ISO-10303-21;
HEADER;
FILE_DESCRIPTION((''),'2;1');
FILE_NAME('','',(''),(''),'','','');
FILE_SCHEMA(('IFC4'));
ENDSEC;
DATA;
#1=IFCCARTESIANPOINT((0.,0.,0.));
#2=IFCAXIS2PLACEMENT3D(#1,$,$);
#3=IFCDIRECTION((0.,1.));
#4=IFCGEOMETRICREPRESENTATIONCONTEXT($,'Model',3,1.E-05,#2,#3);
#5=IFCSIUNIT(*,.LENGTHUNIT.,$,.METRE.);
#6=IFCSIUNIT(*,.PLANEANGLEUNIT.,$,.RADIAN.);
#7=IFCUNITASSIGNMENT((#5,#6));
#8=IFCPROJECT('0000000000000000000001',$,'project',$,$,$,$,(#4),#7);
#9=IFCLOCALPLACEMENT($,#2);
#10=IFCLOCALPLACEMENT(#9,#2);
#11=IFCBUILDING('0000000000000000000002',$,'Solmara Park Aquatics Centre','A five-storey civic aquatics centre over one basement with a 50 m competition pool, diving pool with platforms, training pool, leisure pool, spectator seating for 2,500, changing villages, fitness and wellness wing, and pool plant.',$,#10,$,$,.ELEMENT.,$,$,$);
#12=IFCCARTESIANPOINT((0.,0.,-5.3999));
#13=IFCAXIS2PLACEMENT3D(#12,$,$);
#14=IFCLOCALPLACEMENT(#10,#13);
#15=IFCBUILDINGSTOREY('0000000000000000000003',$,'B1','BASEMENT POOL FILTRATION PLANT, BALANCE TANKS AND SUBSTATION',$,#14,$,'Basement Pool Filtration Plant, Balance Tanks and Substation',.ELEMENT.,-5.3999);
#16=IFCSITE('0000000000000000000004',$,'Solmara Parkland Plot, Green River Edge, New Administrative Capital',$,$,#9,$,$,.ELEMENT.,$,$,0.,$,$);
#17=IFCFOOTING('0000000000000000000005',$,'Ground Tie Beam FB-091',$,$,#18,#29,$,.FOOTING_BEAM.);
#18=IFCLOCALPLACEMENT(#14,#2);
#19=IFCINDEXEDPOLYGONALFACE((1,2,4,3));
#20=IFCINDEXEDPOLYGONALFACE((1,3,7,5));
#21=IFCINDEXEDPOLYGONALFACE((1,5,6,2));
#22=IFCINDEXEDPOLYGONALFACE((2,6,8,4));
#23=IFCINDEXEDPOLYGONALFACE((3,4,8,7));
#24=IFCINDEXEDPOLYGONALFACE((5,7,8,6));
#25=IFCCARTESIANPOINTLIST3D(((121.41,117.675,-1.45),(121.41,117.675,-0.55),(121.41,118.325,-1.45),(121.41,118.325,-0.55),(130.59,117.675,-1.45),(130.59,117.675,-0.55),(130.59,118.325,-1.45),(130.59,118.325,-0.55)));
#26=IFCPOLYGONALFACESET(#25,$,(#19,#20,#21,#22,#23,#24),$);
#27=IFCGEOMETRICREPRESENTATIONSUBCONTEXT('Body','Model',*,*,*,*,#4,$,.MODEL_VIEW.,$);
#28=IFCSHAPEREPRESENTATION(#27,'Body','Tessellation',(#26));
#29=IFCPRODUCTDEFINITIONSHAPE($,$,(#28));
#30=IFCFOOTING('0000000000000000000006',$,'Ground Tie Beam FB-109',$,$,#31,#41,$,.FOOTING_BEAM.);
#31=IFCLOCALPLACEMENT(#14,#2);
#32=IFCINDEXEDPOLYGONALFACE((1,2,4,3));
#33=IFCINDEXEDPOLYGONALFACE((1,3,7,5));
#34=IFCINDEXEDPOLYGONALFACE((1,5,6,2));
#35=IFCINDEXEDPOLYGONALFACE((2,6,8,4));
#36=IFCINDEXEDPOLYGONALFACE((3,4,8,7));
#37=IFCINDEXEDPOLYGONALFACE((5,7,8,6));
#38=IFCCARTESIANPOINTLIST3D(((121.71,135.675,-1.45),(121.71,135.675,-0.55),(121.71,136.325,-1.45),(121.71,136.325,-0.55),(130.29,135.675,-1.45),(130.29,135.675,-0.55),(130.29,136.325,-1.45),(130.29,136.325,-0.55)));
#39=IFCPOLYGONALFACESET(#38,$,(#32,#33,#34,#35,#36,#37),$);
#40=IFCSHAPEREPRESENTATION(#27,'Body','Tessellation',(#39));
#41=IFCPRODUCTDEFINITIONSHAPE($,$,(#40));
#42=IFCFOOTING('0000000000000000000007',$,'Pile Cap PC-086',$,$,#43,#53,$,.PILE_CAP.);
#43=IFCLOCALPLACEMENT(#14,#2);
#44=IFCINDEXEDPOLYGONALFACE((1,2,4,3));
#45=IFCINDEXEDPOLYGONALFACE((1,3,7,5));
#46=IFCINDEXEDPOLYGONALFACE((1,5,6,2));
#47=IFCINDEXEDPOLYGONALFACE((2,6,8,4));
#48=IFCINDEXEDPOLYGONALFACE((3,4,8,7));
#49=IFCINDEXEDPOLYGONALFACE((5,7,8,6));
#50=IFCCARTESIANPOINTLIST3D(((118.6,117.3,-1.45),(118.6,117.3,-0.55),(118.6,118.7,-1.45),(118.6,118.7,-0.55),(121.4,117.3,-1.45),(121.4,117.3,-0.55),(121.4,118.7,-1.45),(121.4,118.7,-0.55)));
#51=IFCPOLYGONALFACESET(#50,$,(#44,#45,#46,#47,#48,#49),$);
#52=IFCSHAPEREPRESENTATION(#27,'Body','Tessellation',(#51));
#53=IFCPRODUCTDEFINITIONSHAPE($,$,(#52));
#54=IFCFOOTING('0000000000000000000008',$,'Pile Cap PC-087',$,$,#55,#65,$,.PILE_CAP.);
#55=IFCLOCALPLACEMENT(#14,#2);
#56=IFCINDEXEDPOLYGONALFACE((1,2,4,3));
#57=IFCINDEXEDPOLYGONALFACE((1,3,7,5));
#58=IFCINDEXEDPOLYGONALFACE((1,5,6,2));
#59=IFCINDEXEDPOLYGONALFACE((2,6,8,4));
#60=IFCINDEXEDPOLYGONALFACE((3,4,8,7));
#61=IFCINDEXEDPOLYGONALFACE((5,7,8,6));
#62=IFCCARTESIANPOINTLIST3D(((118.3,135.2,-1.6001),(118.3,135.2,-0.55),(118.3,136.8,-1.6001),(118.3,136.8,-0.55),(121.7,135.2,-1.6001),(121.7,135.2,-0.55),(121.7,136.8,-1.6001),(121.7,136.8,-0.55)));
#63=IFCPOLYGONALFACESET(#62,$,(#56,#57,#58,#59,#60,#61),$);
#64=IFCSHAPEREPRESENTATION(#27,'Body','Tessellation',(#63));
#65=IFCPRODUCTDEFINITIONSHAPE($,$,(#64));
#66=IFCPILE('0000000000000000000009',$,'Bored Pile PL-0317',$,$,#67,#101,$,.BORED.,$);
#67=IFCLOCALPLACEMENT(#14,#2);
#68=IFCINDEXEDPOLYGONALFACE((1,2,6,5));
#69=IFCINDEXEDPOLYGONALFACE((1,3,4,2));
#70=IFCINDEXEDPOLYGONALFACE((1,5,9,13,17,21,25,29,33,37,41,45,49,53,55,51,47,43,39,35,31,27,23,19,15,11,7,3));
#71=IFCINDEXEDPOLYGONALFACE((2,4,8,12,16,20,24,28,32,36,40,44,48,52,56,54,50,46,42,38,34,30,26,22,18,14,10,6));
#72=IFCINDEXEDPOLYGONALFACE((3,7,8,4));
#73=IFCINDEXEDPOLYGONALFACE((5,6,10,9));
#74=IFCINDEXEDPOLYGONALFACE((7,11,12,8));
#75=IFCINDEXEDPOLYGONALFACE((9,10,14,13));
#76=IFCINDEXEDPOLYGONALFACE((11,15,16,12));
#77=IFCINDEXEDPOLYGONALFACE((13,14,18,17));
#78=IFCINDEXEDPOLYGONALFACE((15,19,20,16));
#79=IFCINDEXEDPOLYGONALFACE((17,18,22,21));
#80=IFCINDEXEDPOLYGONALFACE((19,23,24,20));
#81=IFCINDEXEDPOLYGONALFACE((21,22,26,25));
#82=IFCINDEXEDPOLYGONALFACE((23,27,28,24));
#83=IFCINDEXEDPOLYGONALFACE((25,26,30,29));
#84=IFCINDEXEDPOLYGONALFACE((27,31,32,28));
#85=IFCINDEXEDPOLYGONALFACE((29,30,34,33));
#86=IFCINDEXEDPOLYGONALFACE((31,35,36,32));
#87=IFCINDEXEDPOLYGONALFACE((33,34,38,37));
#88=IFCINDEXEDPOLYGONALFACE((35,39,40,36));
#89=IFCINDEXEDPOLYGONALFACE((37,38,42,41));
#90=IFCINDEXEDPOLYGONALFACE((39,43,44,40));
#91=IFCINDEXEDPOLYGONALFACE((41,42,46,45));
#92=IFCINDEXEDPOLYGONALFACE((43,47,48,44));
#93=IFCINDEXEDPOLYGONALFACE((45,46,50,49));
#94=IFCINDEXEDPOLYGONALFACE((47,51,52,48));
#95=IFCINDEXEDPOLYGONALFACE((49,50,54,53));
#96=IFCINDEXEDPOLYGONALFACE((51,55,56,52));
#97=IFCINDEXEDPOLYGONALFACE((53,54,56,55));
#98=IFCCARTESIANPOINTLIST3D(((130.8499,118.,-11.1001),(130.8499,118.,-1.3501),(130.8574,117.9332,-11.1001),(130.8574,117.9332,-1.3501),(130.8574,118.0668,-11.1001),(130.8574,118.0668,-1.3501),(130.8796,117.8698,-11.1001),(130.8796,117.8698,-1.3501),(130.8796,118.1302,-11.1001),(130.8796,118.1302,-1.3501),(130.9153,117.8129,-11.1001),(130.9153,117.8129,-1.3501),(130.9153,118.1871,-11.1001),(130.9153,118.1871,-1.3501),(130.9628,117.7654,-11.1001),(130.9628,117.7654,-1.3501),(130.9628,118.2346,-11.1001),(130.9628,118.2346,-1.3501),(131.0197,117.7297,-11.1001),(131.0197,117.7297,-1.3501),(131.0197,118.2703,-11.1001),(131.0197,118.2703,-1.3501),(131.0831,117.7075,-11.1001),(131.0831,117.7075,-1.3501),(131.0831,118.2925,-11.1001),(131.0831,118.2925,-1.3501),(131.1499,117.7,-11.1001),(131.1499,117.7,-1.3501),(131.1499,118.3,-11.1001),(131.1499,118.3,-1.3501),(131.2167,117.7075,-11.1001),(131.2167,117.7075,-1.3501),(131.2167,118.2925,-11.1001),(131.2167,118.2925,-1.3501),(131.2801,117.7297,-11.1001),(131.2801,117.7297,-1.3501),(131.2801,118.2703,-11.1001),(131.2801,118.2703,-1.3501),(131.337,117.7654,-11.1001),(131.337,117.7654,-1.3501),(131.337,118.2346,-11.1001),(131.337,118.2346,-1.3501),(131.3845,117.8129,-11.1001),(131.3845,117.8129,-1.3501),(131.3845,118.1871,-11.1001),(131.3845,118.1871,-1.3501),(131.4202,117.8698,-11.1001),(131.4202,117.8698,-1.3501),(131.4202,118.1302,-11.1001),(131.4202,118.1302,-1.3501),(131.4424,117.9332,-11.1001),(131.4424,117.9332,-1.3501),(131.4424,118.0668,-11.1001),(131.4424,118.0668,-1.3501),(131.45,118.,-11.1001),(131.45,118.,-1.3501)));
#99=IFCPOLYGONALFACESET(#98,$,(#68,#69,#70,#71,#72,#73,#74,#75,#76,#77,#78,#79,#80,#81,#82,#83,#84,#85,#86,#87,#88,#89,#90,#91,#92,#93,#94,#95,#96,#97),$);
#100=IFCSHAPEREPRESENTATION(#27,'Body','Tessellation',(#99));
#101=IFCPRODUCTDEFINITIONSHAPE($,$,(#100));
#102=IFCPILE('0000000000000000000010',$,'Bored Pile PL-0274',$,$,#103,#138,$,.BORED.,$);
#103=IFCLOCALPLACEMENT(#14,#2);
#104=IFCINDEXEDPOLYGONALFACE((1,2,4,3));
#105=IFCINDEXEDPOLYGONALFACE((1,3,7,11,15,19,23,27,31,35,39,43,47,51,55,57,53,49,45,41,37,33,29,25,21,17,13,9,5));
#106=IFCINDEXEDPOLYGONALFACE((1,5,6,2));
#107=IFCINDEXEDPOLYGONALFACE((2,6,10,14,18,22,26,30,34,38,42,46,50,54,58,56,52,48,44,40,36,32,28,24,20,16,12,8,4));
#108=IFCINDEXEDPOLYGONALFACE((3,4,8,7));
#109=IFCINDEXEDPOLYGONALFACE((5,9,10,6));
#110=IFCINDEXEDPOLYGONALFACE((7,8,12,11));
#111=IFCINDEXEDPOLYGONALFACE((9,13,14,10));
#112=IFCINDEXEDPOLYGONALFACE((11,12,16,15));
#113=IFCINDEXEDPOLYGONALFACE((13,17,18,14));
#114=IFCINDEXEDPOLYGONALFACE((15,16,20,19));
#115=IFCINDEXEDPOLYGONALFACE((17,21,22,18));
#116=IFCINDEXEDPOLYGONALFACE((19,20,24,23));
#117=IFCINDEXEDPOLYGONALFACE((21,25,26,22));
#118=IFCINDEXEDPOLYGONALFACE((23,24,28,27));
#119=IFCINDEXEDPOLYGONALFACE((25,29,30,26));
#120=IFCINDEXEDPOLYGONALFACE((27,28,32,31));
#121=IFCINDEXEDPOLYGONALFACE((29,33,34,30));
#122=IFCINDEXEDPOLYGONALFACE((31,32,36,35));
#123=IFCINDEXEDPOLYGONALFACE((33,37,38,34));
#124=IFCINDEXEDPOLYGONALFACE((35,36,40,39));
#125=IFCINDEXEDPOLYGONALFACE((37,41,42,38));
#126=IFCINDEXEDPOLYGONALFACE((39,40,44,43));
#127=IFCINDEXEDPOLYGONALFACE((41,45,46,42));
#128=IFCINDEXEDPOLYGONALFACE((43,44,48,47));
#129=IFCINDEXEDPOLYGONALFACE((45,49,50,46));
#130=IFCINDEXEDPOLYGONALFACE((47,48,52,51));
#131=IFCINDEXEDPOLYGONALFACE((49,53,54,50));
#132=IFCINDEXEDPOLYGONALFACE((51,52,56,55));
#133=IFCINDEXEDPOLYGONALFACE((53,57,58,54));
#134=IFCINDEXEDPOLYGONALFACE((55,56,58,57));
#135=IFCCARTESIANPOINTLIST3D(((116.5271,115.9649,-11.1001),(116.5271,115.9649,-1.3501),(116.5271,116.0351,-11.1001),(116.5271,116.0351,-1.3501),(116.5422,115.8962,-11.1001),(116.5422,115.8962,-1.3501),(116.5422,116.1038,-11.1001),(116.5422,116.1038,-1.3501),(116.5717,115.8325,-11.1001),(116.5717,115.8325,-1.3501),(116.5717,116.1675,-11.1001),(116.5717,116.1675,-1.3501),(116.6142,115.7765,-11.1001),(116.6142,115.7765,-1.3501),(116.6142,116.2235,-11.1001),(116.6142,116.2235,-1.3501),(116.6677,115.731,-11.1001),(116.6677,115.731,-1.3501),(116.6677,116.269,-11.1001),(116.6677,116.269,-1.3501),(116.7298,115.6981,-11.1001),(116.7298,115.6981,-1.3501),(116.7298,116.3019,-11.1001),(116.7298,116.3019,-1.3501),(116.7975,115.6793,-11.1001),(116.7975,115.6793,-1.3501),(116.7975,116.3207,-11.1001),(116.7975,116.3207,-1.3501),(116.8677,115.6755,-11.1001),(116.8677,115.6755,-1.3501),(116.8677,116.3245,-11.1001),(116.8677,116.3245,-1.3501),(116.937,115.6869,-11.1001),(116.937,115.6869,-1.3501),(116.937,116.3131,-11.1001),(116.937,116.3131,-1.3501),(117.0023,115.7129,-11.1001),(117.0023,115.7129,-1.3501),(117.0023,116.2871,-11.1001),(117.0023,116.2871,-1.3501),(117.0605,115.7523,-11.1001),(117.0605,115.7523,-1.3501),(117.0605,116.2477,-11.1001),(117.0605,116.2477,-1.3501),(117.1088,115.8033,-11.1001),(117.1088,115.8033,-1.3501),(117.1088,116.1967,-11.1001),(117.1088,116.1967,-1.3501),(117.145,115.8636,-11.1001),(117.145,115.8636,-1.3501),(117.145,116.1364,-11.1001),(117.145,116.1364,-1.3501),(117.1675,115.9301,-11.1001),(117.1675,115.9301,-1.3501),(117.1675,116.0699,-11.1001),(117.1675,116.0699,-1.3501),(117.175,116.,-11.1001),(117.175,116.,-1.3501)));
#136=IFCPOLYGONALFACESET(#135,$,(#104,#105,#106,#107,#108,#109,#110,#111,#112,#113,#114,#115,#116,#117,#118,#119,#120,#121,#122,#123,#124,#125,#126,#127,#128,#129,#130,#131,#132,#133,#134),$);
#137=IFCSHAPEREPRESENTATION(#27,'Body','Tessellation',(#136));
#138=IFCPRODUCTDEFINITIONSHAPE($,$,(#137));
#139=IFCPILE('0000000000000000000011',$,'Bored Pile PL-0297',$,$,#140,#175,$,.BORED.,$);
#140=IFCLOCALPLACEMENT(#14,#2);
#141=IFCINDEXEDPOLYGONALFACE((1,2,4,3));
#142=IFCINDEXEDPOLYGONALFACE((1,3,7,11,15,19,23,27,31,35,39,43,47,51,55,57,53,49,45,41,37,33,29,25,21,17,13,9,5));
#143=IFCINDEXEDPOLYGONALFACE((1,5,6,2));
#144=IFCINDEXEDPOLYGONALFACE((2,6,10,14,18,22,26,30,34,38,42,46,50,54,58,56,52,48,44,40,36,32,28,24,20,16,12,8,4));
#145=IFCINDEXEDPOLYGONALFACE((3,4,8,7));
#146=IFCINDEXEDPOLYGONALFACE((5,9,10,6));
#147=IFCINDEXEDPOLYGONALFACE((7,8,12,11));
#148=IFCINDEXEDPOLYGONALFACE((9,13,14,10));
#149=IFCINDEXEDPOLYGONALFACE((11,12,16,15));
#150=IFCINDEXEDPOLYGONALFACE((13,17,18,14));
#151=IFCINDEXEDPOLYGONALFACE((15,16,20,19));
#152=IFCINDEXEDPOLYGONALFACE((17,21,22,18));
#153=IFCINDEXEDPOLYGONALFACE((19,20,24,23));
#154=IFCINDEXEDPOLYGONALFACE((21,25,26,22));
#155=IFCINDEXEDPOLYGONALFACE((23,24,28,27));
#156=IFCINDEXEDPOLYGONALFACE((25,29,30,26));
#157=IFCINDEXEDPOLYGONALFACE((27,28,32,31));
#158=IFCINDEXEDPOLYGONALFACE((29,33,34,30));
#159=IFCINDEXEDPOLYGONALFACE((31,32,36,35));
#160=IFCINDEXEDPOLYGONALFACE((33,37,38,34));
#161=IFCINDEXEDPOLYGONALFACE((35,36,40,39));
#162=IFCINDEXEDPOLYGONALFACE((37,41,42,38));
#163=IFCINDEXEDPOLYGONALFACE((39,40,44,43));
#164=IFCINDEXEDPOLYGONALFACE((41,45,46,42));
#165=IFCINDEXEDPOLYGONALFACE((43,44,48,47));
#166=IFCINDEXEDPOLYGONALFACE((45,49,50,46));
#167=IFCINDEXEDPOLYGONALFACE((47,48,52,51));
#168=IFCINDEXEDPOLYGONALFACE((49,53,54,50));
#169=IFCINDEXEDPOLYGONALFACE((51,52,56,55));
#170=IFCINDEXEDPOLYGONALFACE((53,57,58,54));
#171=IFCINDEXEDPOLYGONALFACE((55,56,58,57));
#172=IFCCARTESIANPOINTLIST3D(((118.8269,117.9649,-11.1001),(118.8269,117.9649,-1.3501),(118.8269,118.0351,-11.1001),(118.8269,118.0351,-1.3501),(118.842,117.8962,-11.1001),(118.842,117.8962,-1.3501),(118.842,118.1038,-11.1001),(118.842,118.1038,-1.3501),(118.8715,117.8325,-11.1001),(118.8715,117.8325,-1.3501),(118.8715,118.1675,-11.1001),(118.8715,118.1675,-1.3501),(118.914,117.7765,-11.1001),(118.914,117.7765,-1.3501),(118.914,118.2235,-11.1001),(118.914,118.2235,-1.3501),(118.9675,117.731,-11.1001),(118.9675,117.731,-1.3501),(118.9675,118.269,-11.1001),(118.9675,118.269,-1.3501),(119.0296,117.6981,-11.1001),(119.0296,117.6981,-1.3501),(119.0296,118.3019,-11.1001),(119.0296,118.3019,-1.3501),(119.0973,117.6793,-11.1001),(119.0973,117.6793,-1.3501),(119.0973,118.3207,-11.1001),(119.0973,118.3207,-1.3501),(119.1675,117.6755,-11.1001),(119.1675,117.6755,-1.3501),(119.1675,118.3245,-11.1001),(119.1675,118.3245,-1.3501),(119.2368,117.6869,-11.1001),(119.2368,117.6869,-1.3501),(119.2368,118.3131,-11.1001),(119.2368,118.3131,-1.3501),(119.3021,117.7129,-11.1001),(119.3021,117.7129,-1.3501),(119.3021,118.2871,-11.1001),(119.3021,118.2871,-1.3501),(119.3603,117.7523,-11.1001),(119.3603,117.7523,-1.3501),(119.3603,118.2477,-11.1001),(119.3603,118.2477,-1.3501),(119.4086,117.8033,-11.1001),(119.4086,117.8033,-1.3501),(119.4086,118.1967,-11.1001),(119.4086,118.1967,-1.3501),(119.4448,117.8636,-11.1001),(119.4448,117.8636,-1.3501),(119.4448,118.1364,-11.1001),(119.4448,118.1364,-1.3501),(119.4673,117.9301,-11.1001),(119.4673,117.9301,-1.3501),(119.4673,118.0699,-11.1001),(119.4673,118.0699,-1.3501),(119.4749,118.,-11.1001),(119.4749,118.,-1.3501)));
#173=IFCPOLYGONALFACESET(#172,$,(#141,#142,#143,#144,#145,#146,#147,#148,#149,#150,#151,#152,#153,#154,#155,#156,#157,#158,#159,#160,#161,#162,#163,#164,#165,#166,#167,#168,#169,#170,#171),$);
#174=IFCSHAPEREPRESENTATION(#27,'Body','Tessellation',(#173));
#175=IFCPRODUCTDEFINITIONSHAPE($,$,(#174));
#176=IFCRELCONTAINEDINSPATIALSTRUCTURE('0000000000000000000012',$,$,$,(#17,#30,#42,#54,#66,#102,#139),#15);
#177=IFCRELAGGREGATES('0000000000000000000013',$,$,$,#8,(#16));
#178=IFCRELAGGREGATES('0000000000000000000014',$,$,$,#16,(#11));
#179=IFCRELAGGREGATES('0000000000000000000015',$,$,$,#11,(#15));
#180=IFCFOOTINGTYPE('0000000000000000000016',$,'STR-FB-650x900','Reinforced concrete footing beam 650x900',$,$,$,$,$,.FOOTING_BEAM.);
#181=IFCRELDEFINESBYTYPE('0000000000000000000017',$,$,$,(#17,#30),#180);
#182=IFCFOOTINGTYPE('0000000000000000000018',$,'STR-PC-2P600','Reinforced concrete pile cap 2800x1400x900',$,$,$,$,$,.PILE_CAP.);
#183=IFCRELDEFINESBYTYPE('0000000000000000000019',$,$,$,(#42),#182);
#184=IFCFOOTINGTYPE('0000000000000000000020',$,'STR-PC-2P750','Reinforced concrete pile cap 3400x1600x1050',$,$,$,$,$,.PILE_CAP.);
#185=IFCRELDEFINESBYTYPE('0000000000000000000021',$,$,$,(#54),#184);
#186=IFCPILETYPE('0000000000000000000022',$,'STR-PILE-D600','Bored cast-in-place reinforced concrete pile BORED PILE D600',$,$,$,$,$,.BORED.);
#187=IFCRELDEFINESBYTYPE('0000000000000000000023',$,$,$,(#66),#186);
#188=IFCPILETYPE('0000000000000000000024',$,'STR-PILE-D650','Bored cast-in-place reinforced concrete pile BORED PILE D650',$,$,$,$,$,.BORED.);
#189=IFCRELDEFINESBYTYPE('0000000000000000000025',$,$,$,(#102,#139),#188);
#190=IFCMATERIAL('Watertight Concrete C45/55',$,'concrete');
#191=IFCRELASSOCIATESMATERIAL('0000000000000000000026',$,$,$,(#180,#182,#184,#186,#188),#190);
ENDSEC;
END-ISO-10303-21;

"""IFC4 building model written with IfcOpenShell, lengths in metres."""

from ifc_helpers import new_model, si_unit, direction, frame, origin, origin_2d, place, context, subcontext, project, spatial, rectangle, circle, extrude, material, material_profile, profile_set, type_object, element, save


model = new_model("IFC4")

# Units and contexts
model_context = context("Model", 3, precision=1e-05, world=origin(), true_north=direction((0.0, 1.0)))
body_context = subcontext(model_context, "Body", "Model", "MODEL_VIEW")
ifc_project = project(units=[si_unit("LENGTHUNIT", "METRE"), si_unit("PLANEANGLEUNIT", "RADIAN")], contexts=[model_context])

# Site, building, storey
site_placement = place(None, origin())
site = spatial("IfcSite", under=ifc_project, at=site_placement, Name="Solmara Parkland Plot, Green River Edge, New Administrative Capital", CompositionType="ELEMENT", RefElevation=0.0)
building_placement = place(site_placement, origin())
building = spatial("IfcBuilding", under=site, at=building_placement, Name="Solmara Park Aquatics Centre", Description="A five-storey civic aquatics centre over one basement with a 50 m competition pool, diving pool with platforms, training pool, leisure pool, spectator seating for 2,500, changing villages, fitness and wellness wing, and pool plant.", CompositionType="ELEMENT")
storey_placement = place(building_placement, frame((0.0, 0.0, -5.3999)))
storey = spatial("IfcBuildingStorey", under=building, at=storey_placement, Name="B1", Description="BASEMENT POOL FILTRATION PLANT, BALANCE TANKS AND SUBSTATION", LongName="Basement Pool Filtration Plant, Balance Tanks and Substation", CompositionType="ELEMENT", Elevation=-5.3999)

# Footings
ifc_material_1 = material(Name="Watertight Concrete C45/55", Category="concrete")
footing_type_1 = type_object("IfcFootingType", Name="STR-FB-650x900", Description="Reinforced concrete footing beam 650x900", PredefinedType="FOOTING_BEAM", material=ifc_material_1)
footing_1_placement = place(storey_placement, frame((126.0, 118.0, -1.45), z_axis=(0.0, 0.0, 1.0), x_axis=(1.0, 0.0, 0.0)))
element("IfcFooting", 1, at=footing_1_placement, inside=storey, type_object=footing_type_1, Name="Ground Tie Beam FB-091", PredefinedType="FOOTING_BEAM", context=body_context, shape_type="SweptSolid", body=[
    extrude(rectangle(XDim=9.1799, YDim=0.6499, at=origin_2d()), origin(), (0.0, 0.0, 1.0), 0.8999),
])
footing_2_placement = place(storey_placement, frame((126.0, 136.0, -1.45), z_axis=(0.0, 0.0, 1.0), x_axis=(1.0, 0.0, 0.0)))
element("IfcFooting", 2, at=footing_2_placement, inside=storey, type_object=footing_type_1, Name="Ground Tie Beam FB-109", PredefinedType="FOOTING_BEAM", context=body_context, shape_type="SweptSolid", body=[
    extrude(rectangle(XDim=8.5801, YDim=0.6499, at=origin_2d()), origin(), (0.0, 0.0, 1.0), 0.8999),
])
footing_type_2 = type_object("IfcFootingType", Name="STR-PC-2P600", Description="Reinforced concrete pile cap 2800x1400x900", PredefinedType="PILE_CAP", material=ifc_material_1)
footing_3_placement = place(storey_placement, frame((120.0, 118.0, -1.45), z_axis=(0.0, 0.0, 1.0), x_axis=(1.0, 0.0, 0.0)))
element("IfcFooting", 3, at=footing_3_placement, inside=storey, type_object=footing_type_2, Name="Pile Cap PC-086", PredefinedType="PILE_CAP", context=body_context, shape_type="SweptSolid", body=[
    extrude(rectangle(XDim=2.8, YDim=1.3999, at=origin_2d()), origin(), (0.0, 0.0, 1.0), 0.8999),
])
footing_type_3 = type_object("IfcFootingType", Name="STR-PC-2P750", Description="Reinforced concrete pile cap 3400x1600x1050", PredefinedType="PILE_CAP", material=ifc_material_1)
footing_4_placement = place(storey_placement, frame((120.0, 136.0, -1.6001), z_axis=(0.0, 0.0, 1.0), x_axis=(1.0, 0.0, 0.0)))
element("IfcFooting", 4, at=footing_4_placement, inside=storey, type_object=footing_type_3, Name="Pile Cap PC-087", PredefinedType="PILE_CAP", context=body_context, shape_type="SweptSolid", body=[
    extrude(rectangle(XDim=3.3999, YDim=1.6001, at=origin_2d()), origin(), (0.0, 0.0, 1.0), 1.05),
])

# Piles
ifc_material_profile_1 = material_profile(ifc_material_1, circle(Radius=0.3, at=origin_2d()), Name="BORED PILE D600")
ifc_profile_set_1 = profile_set([ifc_material_profile_1], Name="Watertight Concrete C45/55")
pile_type_1 = type_object("IfcPileType", Name="STR-PILE-D600", Description="Bored cast-in-place reinforced concrete pile BORED PILE D600", PredefinedType="BORED", material=ifc_profile_set_1)
pile_placement = place(storey_placement, frame((131.1499, 118.0, -1.3501), z_axis=(0.0, 0.0, -1.0), x_axis=(1.0, 0.0, 0.0)))
element("IfcPile", 5, at=pile_placement, inside=storey, type_object=pile_type_1, Name="Bored Pile PL-0317", PredefinedType="BORED", context=body_context, shape_type="SweptSolid", body=[
    extrude(circle(Radius=0.3, at=origin_2d()), origin(), (0.0, 0.0, 1.0), 9.75),
])
ifc_material_profile_2 = material_profile(ifc_material_1, circle(Radius=0.325, at=origin_2d()), Name="BORED PILE D650")
ifc_profile_set_2 = profile_set([ifc_material_profile_2], Name="Watertight Concrete C45/55")
pile_type_2 = type_object("IfcPileType", Name="STR-PILE-D650", Description="Bored cast-in-place reinforced concrete pile BORED PILE D650", PredefinedType="BORED", material=ifc_profile_set_2)
for number, where, z_axis, x_axis, name in (
    (6, (116.8501, 116.0, -1.3501), (0.0, 0.0, -1.0), (1.0, 0.0, 0.0), "Bored Pile PL-0274"),
    (7, (119.1499, 118.0, -1.3501), (0.0, 0.0, -1.0), (1.0, 0.0, 0.0), "Bored Pile PL-0297"),
):
    element("IfcPile", number, at=place(storey_placement, frame(where, z_axis=z_axis, x_axis=x_axis)), inside=storey, type_object=pile_type_2, Name=name, PredefinedType="BORED", context=body_context, shape_type="SweptSolid", body=[
        extrude(circle(Radius=0.325, at=origin_2d()), origin(), (0.0, 0.0, 1.0), 9.75),
    ])

save(model, "model.ifc")
